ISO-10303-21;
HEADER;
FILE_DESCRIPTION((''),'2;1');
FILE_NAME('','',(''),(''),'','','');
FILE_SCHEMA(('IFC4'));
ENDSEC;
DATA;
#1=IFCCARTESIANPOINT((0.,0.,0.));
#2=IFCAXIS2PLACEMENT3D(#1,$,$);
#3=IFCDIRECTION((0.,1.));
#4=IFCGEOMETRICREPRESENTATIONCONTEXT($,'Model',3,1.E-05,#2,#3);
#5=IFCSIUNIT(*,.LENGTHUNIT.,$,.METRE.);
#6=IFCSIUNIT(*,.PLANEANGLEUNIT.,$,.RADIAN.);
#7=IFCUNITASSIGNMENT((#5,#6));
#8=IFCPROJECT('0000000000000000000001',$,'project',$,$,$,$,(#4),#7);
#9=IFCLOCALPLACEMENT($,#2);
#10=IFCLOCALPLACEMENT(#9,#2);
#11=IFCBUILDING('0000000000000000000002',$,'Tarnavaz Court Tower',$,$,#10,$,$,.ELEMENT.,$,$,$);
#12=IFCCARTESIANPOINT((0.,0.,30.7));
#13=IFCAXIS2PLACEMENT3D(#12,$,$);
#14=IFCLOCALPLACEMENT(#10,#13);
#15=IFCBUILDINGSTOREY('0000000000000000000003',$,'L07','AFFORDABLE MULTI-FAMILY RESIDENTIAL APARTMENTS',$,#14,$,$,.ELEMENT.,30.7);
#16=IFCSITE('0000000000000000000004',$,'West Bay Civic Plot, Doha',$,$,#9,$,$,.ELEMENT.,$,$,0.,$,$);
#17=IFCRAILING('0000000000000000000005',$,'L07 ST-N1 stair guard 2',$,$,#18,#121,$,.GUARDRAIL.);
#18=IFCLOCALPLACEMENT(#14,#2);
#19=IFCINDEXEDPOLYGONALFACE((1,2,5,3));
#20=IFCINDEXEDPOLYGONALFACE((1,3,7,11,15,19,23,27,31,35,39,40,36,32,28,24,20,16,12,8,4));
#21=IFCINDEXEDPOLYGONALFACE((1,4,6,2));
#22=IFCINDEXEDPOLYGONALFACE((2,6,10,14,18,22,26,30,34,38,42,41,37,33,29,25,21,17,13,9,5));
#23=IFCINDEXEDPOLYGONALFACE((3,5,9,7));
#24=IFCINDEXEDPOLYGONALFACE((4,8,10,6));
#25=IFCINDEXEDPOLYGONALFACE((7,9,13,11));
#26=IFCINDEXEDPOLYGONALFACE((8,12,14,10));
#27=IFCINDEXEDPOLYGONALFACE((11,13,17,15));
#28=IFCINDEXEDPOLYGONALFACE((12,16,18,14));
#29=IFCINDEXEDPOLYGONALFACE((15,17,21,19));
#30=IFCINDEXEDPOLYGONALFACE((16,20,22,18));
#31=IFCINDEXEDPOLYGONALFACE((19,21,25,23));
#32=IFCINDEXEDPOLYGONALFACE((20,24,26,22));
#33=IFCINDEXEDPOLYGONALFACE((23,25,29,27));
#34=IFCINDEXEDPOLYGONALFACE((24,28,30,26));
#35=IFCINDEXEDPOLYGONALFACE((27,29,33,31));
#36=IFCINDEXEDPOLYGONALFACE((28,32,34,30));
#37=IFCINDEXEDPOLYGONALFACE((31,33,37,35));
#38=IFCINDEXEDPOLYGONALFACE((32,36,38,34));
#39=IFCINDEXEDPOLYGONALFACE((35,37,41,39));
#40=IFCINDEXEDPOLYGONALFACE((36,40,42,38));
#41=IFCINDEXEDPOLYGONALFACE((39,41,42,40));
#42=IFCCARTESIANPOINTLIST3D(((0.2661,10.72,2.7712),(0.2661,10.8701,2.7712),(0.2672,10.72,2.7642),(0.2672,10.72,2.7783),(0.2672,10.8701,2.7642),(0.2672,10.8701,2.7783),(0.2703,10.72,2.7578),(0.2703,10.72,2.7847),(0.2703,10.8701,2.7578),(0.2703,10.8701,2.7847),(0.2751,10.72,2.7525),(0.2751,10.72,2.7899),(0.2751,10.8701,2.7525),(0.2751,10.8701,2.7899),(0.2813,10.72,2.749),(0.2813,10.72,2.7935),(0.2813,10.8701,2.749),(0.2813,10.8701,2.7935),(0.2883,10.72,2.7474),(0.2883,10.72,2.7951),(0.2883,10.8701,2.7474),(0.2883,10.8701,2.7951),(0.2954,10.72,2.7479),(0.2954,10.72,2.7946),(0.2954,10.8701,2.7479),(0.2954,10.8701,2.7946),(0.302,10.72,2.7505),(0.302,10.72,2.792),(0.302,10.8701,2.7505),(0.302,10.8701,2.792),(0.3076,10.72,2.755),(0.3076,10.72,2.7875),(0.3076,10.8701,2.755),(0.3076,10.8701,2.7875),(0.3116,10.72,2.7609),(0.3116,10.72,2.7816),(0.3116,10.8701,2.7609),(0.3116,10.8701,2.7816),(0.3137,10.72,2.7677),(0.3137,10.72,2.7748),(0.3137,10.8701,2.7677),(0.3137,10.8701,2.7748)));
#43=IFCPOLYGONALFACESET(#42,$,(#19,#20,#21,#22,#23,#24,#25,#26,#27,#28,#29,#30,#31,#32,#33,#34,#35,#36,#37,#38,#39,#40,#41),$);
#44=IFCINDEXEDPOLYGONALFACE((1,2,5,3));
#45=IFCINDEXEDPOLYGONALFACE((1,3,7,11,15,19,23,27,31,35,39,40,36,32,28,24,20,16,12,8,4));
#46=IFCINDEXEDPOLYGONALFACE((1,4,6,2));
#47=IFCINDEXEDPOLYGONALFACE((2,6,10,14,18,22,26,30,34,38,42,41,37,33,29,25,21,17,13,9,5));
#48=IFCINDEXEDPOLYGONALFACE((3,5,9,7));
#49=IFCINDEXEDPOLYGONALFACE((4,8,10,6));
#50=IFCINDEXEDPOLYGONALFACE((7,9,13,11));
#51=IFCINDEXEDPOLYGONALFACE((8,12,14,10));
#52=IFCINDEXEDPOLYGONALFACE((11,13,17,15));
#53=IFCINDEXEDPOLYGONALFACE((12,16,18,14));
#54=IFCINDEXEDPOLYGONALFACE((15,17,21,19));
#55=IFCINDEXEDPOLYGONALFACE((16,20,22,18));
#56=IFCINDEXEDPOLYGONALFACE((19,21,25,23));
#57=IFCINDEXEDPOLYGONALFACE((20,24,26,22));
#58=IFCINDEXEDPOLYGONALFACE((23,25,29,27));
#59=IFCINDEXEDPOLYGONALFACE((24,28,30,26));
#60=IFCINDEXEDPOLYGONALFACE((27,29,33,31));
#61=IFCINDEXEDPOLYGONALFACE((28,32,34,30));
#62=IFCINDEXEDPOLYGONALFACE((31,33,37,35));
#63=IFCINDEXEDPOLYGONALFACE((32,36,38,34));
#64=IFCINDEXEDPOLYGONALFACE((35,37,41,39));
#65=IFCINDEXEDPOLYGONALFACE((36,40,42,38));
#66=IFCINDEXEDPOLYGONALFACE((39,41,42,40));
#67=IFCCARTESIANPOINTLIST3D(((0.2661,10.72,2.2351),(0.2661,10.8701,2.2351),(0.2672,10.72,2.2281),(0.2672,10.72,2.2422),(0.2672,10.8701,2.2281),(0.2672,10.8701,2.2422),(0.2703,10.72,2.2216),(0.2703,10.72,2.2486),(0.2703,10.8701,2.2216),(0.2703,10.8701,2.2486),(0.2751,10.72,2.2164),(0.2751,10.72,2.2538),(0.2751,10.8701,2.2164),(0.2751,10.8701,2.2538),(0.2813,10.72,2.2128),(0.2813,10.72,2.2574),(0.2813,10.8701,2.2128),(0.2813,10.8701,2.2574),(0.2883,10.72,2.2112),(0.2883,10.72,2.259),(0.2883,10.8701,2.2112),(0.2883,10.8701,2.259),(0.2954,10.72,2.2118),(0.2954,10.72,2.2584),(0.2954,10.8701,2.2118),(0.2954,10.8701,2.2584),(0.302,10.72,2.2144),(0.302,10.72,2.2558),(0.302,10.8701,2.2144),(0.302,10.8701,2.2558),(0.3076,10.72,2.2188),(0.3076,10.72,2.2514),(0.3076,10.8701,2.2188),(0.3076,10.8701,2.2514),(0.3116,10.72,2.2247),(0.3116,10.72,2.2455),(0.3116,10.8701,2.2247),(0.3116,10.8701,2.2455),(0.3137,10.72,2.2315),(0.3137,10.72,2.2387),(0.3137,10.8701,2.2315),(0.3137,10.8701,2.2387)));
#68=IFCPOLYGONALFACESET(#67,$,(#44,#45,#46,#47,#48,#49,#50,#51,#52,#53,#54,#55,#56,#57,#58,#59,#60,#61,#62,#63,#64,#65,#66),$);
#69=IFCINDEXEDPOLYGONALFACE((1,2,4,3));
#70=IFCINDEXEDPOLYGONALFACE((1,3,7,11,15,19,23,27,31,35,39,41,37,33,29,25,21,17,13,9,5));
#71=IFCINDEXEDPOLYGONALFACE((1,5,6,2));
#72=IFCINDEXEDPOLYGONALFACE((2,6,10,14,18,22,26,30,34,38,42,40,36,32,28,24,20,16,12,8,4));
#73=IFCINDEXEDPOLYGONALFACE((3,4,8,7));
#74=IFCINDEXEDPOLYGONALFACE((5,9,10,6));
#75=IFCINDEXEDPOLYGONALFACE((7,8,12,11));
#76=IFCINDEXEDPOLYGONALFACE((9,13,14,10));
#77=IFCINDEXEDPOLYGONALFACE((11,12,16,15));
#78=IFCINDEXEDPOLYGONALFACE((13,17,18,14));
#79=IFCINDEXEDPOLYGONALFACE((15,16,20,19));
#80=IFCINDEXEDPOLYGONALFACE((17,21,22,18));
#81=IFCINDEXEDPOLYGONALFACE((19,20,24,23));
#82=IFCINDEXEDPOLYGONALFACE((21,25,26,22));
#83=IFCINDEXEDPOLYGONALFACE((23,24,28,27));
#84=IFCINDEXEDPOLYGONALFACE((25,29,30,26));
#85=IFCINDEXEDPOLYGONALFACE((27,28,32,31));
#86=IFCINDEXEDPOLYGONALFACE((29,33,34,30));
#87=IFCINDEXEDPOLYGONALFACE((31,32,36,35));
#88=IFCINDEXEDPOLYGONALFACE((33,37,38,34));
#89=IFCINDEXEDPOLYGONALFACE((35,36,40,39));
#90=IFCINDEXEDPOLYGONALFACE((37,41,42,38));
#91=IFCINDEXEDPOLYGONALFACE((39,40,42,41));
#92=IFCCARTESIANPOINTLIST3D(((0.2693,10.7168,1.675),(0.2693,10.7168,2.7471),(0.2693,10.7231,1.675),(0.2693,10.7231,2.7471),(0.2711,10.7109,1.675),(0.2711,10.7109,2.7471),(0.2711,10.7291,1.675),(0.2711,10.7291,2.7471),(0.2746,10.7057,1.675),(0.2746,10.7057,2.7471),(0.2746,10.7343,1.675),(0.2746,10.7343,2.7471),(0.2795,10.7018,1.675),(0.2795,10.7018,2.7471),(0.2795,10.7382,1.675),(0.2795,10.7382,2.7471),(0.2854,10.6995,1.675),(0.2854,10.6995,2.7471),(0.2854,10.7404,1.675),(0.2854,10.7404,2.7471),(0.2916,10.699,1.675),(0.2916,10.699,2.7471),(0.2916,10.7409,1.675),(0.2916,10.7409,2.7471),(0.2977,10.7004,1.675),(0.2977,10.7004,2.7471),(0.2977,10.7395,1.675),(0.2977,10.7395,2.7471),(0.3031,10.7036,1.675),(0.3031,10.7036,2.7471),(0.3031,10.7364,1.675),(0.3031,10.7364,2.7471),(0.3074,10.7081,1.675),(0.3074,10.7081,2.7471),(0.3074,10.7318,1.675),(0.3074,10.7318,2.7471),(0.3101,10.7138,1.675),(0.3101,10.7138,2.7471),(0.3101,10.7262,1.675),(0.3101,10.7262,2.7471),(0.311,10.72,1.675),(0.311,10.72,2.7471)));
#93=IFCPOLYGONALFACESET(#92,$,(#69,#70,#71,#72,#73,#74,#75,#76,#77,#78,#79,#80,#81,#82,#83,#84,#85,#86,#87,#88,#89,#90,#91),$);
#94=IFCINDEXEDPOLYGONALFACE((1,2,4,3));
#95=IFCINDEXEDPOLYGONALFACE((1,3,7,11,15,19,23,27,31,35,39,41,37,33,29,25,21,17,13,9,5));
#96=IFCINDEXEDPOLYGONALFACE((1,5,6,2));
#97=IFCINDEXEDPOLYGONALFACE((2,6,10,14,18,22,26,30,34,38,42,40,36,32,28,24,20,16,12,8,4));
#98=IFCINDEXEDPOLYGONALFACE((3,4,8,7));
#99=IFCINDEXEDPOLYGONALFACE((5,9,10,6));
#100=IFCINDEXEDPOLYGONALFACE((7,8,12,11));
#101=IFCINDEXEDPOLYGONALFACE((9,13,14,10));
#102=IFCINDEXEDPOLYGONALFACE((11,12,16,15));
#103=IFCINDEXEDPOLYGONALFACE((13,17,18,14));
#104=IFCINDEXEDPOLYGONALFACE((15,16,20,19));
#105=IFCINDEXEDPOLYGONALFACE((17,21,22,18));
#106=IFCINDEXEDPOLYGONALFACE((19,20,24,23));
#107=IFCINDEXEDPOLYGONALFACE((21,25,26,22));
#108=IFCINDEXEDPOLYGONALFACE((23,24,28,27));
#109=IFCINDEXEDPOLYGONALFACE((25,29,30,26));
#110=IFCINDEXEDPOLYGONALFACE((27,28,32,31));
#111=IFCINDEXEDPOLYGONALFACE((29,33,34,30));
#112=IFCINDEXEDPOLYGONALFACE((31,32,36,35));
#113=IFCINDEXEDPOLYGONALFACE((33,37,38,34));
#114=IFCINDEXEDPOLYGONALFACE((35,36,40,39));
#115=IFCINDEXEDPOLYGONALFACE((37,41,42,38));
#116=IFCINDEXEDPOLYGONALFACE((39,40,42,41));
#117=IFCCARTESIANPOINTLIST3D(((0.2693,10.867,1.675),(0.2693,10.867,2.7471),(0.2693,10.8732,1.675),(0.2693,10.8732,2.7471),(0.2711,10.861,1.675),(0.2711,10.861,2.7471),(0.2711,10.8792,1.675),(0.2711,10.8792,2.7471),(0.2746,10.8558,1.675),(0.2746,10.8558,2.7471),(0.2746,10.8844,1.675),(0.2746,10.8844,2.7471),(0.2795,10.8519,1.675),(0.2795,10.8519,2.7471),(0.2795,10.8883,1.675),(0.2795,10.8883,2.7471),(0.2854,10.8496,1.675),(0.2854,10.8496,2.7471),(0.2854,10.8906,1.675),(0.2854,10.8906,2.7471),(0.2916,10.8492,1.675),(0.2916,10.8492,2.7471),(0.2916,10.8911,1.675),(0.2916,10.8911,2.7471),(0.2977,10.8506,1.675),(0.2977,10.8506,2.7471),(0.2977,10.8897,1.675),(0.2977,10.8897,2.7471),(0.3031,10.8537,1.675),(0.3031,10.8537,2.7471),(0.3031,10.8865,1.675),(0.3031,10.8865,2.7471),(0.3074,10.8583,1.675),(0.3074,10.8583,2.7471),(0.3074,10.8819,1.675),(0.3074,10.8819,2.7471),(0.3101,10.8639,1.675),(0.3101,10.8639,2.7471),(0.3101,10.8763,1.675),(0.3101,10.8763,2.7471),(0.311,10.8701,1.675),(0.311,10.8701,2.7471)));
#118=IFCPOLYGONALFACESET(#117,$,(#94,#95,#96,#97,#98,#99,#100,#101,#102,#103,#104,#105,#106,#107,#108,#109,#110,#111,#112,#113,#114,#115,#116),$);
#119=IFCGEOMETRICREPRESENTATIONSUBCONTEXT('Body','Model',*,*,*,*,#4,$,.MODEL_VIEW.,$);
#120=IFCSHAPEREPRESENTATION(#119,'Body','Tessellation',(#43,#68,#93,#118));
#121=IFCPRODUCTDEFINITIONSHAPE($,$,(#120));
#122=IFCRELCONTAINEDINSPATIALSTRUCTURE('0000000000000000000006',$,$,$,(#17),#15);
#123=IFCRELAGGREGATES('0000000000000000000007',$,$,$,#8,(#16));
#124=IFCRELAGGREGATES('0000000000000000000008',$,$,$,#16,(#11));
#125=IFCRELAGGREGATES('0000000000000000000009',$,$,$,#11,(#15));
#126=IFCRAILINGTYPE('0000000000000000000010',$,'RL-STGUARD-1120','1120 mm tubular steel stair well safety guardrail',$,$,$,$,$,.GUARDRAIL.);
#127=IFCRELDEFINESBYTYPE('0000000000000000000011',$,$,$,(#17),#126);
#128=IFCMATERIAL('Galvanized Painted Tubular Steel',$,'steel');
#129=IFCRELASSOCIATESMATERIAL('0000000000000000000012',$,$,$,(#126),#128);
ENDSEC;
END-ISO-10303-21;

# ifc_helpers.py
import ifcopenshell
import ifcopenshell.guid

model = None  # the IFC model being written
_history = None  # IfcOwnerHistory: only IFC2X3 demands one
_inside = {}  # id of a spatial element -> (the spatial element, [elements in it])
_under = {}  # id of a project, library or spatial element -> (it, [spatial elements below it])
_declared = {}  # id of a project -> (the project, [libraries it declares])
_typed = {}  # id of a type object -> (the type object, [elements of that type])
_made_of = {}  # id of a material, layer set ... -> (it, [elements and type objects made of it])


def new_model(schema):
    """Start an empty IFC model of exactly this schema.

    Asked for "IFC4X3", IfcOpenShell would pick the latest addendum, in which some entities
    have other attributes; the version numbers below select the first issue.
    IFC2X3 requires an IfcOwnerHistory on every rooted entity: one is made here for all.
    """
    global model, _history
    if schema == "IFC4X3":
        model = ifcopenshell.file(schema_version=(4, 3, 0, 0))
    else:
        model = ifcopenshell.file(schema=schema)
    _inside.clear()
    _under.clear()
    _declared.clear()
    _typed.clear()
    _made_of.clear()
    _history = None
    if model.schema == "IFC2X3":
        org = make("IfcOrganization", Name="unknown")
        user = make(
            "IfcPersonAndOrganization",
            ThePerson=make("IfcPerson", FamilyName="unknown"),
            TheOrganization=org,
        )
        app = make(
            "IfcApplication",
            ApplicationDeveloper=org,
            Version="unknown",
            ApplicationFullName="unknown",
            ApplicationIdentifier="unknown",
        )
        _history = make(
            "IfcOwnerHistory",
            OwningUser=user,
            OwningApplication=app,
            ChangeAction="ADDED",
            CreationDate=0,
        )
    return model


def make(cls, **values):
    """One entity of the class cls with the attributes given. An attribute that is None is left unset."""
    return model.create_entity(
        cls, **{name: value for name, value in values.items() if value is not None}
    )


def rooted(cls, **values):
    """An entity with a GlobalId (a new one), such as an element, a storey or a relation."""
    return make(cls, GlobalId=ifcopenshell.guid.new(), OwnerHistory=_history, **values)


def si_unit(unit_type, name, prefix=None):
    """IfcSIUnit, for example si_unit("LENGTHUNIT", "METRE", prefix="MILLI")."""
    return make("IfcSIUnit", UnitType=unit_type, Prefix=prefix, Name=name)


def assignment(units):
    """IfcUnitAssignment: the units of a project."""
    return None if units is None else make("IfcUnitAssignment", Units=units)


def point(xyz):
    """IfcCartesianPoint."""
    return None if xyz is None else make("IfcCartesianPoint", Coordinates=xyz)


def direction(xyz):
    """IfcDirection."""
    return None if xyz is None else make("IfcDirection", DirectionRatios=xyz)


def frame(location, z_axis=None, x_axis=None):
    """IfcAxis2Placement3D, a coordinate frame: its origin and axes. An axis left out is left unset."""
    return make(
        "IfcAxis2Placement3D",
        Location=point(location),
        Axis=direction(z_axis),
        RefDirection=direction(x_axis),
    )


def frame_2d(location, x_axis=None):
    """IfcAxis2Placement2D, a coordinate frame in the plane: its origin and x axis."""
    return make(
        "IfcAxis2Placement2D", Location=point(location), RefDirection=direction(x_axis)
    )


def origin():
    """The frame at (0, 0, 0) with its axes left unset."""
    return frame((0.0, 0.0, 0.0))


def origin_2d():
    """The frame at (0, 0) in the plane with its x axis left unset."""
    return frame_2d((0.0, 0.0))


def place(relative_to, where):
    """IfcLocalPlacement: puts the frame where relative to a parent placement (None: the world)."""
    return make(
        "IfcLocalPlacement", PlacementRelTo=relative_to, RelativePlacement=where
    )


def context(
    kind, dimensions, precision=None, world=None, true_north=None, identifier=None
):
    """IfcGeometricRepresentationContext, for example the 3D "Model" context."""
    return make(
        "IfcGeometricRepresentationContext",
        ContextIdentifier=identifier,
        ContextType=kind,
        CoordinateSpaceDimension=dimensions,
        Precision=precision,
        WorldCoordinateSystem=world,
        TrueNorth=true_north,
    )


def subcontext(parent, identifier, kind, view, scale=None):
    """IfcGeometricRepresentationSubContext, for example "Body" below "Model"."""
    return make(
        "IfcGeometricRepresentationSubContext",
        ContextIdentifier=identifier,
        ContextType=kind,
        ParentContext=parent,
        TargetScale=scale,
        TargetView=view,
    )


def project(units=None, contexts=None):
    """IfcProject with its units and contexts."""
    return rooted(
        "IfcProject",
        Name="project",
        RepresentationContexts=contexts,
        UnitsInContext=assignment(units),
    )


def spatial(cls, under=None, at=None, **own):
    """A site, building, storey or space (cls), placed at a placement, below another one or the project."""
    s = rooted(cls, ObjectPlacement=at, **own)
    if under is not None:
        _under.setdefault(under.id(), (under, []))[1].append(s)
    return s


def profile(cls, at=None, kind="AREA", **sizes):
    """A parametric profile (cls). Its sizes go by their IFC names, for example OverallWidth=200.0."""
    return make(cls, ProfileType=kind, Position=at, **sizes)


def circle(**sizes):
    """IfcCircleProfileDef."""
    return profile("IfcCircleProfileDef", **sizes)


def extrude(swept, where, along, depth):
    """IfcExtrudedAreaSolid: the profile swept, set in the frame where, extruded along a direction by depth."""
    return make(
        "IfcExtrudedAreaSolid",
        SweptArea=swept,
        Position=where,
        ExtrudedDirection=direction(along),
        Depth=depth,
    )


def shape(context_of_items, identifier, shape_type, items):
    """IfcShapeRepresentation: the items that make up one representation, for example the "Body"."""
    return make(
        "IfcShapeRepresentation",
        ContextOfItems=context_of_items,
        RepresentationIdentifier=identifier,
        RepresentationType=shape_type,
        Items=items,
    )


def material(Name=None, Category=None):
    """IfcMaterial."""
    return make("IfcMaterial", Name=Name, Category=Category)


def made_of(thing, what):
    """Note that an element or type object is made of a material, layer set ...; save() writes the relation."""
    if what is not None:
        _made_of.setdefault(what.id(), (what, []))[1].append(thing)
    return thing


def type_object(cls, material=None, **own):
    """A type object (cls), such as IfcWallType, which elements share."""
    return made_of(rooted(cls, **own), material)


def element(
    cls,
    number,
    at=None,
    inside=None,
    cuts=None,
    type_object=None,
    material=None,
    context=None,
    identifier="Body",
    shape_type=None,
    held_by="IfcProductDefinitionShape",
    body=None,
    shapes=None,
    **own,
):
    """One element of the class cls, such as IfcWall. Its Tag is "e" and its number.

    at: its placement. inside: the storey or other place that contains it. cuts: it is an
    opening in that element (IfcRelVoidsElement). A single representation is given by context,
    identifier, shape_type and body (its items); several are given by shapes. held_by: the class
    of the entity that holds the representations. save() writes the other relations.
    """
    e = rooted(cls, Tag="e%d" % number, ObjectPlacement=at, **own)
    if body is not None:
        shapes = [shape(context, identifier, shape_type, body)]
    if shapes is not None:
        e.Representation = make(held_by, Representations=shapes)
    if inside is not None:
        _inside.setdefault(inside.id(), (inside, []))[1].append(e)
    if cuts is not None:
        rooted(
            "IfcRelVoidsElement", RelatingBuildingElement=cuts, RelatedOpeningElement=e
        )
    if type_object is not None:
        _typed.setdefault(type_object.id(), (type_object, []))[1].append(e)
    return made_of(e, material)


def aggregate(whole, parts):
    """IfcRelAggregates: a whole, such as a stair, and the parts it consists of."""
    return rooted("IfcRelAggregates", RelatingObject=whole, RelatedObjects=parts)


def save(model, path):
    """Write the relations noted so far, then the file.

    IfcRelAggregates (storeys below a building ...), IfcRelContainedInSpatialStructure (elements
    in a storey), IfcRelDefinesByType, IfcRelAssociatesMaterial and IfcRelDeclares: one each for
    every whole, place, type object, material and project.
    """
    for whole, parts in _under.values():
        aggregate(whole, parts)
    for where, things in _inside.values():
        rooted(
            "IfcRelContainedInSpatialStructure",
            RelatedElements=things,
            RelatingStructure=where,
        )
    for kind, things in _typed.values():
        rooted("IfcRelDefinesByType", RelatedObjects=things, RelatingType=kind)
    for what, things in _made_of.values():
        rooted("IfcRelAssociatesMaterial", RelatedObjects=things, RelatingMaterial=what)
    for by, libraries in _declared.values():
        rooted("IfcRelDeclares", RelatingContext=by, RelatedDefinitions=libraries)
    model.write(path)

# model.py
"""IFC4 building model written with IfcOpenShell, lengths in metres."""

from ifc_helpers import new_model, si_unit, direction, frame, origin, origin_2d, place, context, subcontext, project, spatial, circle, extrude, material, type_object, element, save


model = new_model("IFC4")

# Units and contexts
model_context = context("Model", 3, precision=1e-05, world=origin(), true_north=direction((0.0, 1.0)))
body_context = subcontext(model_context, "Body", "Model", "MODEL_VIEW")
ifc_project = project(units=[si_unit("LENGTHUNIT", "METRE"), si_unit("PLANEANGLEUNIT", "RADIAN")], contexts=[model_context])

# Site, building, storey
site_placement = place(None, origin())
site = spatial("IfcSite", under=ifc_project, at=site_placement, Name="West Bay Civic Plot, Doha", CompositionType="ELEMENT", RefElevation=0.0)
building_placement = place(site_placement, origin())
building = spatial("IfcBuilding", under=site, at=building_placement, Name="Tarnavaz Court Tower", CompositionType="ELEMENT")
storey_placement = place(building_placement, frame((0.0, 0.0, 30.7)))
storey = spatial("IfcBuildingStorey", under=building, at=storey_placement, Name="L07", Description="AFFORDABLE MULTI-FAMILY RESIDENTIAL APARTMENTS", CompositionType="ELEMENT", Elevation=30.7)

# Railing
ifc_material_1 = material(Name="Galvanized Painted Tubular Steel", Category="steel")
railing_type_1 = type_object("IfcRailingType", Name="RL-STGUARD-1120", Description="1120 mm tubular steel stair well safety guardrail", PredefinedType="GUARDRAIL", material=ifc_material_1)
railing_1_placement = place(storey_placement, frame((0.29, 10.72, 1.675)))
element("IfcRailing", 1, at=railing_1_placement, inside=storey, type_object=railing_type_1, Name="L07 ST-N1 stair guard 2", PredefinedType="GUARDRAIL", context=body_context, shape_type="SweptSolid", body=[
    extrude(circle(Radius=0.0239, at=origin_2d()), frame((0.0, 0.0, 1.0962), z_axis=(0.0, 1.0, 0.0), x_axis=(-1.0, 0.0, 0.0)), (0.0, 0.0, 1.0), 0.1501),
    extrude(circle(Radius=0.0239, at=origin_2d()), frame((0.0, 0.0, 0.5601), z_axis=(0.0, 1.0, 0.0), x_axis=(-1.0, 0.0, 0.0)), (0.0, 0.0, 1.0), 0.1501),
    extrude(circle(Radius=0.021, at=origin_2d()), origin(), (0.0, 0.0, 1.0), 1.072),
    extrude(circle(Radius=0.021, at=origin_2d()), frame((0.0, 0.1501, 0.0)), (0.0, 0.0, 1.0), 1.072),
])

save(model, "model.ifc")
